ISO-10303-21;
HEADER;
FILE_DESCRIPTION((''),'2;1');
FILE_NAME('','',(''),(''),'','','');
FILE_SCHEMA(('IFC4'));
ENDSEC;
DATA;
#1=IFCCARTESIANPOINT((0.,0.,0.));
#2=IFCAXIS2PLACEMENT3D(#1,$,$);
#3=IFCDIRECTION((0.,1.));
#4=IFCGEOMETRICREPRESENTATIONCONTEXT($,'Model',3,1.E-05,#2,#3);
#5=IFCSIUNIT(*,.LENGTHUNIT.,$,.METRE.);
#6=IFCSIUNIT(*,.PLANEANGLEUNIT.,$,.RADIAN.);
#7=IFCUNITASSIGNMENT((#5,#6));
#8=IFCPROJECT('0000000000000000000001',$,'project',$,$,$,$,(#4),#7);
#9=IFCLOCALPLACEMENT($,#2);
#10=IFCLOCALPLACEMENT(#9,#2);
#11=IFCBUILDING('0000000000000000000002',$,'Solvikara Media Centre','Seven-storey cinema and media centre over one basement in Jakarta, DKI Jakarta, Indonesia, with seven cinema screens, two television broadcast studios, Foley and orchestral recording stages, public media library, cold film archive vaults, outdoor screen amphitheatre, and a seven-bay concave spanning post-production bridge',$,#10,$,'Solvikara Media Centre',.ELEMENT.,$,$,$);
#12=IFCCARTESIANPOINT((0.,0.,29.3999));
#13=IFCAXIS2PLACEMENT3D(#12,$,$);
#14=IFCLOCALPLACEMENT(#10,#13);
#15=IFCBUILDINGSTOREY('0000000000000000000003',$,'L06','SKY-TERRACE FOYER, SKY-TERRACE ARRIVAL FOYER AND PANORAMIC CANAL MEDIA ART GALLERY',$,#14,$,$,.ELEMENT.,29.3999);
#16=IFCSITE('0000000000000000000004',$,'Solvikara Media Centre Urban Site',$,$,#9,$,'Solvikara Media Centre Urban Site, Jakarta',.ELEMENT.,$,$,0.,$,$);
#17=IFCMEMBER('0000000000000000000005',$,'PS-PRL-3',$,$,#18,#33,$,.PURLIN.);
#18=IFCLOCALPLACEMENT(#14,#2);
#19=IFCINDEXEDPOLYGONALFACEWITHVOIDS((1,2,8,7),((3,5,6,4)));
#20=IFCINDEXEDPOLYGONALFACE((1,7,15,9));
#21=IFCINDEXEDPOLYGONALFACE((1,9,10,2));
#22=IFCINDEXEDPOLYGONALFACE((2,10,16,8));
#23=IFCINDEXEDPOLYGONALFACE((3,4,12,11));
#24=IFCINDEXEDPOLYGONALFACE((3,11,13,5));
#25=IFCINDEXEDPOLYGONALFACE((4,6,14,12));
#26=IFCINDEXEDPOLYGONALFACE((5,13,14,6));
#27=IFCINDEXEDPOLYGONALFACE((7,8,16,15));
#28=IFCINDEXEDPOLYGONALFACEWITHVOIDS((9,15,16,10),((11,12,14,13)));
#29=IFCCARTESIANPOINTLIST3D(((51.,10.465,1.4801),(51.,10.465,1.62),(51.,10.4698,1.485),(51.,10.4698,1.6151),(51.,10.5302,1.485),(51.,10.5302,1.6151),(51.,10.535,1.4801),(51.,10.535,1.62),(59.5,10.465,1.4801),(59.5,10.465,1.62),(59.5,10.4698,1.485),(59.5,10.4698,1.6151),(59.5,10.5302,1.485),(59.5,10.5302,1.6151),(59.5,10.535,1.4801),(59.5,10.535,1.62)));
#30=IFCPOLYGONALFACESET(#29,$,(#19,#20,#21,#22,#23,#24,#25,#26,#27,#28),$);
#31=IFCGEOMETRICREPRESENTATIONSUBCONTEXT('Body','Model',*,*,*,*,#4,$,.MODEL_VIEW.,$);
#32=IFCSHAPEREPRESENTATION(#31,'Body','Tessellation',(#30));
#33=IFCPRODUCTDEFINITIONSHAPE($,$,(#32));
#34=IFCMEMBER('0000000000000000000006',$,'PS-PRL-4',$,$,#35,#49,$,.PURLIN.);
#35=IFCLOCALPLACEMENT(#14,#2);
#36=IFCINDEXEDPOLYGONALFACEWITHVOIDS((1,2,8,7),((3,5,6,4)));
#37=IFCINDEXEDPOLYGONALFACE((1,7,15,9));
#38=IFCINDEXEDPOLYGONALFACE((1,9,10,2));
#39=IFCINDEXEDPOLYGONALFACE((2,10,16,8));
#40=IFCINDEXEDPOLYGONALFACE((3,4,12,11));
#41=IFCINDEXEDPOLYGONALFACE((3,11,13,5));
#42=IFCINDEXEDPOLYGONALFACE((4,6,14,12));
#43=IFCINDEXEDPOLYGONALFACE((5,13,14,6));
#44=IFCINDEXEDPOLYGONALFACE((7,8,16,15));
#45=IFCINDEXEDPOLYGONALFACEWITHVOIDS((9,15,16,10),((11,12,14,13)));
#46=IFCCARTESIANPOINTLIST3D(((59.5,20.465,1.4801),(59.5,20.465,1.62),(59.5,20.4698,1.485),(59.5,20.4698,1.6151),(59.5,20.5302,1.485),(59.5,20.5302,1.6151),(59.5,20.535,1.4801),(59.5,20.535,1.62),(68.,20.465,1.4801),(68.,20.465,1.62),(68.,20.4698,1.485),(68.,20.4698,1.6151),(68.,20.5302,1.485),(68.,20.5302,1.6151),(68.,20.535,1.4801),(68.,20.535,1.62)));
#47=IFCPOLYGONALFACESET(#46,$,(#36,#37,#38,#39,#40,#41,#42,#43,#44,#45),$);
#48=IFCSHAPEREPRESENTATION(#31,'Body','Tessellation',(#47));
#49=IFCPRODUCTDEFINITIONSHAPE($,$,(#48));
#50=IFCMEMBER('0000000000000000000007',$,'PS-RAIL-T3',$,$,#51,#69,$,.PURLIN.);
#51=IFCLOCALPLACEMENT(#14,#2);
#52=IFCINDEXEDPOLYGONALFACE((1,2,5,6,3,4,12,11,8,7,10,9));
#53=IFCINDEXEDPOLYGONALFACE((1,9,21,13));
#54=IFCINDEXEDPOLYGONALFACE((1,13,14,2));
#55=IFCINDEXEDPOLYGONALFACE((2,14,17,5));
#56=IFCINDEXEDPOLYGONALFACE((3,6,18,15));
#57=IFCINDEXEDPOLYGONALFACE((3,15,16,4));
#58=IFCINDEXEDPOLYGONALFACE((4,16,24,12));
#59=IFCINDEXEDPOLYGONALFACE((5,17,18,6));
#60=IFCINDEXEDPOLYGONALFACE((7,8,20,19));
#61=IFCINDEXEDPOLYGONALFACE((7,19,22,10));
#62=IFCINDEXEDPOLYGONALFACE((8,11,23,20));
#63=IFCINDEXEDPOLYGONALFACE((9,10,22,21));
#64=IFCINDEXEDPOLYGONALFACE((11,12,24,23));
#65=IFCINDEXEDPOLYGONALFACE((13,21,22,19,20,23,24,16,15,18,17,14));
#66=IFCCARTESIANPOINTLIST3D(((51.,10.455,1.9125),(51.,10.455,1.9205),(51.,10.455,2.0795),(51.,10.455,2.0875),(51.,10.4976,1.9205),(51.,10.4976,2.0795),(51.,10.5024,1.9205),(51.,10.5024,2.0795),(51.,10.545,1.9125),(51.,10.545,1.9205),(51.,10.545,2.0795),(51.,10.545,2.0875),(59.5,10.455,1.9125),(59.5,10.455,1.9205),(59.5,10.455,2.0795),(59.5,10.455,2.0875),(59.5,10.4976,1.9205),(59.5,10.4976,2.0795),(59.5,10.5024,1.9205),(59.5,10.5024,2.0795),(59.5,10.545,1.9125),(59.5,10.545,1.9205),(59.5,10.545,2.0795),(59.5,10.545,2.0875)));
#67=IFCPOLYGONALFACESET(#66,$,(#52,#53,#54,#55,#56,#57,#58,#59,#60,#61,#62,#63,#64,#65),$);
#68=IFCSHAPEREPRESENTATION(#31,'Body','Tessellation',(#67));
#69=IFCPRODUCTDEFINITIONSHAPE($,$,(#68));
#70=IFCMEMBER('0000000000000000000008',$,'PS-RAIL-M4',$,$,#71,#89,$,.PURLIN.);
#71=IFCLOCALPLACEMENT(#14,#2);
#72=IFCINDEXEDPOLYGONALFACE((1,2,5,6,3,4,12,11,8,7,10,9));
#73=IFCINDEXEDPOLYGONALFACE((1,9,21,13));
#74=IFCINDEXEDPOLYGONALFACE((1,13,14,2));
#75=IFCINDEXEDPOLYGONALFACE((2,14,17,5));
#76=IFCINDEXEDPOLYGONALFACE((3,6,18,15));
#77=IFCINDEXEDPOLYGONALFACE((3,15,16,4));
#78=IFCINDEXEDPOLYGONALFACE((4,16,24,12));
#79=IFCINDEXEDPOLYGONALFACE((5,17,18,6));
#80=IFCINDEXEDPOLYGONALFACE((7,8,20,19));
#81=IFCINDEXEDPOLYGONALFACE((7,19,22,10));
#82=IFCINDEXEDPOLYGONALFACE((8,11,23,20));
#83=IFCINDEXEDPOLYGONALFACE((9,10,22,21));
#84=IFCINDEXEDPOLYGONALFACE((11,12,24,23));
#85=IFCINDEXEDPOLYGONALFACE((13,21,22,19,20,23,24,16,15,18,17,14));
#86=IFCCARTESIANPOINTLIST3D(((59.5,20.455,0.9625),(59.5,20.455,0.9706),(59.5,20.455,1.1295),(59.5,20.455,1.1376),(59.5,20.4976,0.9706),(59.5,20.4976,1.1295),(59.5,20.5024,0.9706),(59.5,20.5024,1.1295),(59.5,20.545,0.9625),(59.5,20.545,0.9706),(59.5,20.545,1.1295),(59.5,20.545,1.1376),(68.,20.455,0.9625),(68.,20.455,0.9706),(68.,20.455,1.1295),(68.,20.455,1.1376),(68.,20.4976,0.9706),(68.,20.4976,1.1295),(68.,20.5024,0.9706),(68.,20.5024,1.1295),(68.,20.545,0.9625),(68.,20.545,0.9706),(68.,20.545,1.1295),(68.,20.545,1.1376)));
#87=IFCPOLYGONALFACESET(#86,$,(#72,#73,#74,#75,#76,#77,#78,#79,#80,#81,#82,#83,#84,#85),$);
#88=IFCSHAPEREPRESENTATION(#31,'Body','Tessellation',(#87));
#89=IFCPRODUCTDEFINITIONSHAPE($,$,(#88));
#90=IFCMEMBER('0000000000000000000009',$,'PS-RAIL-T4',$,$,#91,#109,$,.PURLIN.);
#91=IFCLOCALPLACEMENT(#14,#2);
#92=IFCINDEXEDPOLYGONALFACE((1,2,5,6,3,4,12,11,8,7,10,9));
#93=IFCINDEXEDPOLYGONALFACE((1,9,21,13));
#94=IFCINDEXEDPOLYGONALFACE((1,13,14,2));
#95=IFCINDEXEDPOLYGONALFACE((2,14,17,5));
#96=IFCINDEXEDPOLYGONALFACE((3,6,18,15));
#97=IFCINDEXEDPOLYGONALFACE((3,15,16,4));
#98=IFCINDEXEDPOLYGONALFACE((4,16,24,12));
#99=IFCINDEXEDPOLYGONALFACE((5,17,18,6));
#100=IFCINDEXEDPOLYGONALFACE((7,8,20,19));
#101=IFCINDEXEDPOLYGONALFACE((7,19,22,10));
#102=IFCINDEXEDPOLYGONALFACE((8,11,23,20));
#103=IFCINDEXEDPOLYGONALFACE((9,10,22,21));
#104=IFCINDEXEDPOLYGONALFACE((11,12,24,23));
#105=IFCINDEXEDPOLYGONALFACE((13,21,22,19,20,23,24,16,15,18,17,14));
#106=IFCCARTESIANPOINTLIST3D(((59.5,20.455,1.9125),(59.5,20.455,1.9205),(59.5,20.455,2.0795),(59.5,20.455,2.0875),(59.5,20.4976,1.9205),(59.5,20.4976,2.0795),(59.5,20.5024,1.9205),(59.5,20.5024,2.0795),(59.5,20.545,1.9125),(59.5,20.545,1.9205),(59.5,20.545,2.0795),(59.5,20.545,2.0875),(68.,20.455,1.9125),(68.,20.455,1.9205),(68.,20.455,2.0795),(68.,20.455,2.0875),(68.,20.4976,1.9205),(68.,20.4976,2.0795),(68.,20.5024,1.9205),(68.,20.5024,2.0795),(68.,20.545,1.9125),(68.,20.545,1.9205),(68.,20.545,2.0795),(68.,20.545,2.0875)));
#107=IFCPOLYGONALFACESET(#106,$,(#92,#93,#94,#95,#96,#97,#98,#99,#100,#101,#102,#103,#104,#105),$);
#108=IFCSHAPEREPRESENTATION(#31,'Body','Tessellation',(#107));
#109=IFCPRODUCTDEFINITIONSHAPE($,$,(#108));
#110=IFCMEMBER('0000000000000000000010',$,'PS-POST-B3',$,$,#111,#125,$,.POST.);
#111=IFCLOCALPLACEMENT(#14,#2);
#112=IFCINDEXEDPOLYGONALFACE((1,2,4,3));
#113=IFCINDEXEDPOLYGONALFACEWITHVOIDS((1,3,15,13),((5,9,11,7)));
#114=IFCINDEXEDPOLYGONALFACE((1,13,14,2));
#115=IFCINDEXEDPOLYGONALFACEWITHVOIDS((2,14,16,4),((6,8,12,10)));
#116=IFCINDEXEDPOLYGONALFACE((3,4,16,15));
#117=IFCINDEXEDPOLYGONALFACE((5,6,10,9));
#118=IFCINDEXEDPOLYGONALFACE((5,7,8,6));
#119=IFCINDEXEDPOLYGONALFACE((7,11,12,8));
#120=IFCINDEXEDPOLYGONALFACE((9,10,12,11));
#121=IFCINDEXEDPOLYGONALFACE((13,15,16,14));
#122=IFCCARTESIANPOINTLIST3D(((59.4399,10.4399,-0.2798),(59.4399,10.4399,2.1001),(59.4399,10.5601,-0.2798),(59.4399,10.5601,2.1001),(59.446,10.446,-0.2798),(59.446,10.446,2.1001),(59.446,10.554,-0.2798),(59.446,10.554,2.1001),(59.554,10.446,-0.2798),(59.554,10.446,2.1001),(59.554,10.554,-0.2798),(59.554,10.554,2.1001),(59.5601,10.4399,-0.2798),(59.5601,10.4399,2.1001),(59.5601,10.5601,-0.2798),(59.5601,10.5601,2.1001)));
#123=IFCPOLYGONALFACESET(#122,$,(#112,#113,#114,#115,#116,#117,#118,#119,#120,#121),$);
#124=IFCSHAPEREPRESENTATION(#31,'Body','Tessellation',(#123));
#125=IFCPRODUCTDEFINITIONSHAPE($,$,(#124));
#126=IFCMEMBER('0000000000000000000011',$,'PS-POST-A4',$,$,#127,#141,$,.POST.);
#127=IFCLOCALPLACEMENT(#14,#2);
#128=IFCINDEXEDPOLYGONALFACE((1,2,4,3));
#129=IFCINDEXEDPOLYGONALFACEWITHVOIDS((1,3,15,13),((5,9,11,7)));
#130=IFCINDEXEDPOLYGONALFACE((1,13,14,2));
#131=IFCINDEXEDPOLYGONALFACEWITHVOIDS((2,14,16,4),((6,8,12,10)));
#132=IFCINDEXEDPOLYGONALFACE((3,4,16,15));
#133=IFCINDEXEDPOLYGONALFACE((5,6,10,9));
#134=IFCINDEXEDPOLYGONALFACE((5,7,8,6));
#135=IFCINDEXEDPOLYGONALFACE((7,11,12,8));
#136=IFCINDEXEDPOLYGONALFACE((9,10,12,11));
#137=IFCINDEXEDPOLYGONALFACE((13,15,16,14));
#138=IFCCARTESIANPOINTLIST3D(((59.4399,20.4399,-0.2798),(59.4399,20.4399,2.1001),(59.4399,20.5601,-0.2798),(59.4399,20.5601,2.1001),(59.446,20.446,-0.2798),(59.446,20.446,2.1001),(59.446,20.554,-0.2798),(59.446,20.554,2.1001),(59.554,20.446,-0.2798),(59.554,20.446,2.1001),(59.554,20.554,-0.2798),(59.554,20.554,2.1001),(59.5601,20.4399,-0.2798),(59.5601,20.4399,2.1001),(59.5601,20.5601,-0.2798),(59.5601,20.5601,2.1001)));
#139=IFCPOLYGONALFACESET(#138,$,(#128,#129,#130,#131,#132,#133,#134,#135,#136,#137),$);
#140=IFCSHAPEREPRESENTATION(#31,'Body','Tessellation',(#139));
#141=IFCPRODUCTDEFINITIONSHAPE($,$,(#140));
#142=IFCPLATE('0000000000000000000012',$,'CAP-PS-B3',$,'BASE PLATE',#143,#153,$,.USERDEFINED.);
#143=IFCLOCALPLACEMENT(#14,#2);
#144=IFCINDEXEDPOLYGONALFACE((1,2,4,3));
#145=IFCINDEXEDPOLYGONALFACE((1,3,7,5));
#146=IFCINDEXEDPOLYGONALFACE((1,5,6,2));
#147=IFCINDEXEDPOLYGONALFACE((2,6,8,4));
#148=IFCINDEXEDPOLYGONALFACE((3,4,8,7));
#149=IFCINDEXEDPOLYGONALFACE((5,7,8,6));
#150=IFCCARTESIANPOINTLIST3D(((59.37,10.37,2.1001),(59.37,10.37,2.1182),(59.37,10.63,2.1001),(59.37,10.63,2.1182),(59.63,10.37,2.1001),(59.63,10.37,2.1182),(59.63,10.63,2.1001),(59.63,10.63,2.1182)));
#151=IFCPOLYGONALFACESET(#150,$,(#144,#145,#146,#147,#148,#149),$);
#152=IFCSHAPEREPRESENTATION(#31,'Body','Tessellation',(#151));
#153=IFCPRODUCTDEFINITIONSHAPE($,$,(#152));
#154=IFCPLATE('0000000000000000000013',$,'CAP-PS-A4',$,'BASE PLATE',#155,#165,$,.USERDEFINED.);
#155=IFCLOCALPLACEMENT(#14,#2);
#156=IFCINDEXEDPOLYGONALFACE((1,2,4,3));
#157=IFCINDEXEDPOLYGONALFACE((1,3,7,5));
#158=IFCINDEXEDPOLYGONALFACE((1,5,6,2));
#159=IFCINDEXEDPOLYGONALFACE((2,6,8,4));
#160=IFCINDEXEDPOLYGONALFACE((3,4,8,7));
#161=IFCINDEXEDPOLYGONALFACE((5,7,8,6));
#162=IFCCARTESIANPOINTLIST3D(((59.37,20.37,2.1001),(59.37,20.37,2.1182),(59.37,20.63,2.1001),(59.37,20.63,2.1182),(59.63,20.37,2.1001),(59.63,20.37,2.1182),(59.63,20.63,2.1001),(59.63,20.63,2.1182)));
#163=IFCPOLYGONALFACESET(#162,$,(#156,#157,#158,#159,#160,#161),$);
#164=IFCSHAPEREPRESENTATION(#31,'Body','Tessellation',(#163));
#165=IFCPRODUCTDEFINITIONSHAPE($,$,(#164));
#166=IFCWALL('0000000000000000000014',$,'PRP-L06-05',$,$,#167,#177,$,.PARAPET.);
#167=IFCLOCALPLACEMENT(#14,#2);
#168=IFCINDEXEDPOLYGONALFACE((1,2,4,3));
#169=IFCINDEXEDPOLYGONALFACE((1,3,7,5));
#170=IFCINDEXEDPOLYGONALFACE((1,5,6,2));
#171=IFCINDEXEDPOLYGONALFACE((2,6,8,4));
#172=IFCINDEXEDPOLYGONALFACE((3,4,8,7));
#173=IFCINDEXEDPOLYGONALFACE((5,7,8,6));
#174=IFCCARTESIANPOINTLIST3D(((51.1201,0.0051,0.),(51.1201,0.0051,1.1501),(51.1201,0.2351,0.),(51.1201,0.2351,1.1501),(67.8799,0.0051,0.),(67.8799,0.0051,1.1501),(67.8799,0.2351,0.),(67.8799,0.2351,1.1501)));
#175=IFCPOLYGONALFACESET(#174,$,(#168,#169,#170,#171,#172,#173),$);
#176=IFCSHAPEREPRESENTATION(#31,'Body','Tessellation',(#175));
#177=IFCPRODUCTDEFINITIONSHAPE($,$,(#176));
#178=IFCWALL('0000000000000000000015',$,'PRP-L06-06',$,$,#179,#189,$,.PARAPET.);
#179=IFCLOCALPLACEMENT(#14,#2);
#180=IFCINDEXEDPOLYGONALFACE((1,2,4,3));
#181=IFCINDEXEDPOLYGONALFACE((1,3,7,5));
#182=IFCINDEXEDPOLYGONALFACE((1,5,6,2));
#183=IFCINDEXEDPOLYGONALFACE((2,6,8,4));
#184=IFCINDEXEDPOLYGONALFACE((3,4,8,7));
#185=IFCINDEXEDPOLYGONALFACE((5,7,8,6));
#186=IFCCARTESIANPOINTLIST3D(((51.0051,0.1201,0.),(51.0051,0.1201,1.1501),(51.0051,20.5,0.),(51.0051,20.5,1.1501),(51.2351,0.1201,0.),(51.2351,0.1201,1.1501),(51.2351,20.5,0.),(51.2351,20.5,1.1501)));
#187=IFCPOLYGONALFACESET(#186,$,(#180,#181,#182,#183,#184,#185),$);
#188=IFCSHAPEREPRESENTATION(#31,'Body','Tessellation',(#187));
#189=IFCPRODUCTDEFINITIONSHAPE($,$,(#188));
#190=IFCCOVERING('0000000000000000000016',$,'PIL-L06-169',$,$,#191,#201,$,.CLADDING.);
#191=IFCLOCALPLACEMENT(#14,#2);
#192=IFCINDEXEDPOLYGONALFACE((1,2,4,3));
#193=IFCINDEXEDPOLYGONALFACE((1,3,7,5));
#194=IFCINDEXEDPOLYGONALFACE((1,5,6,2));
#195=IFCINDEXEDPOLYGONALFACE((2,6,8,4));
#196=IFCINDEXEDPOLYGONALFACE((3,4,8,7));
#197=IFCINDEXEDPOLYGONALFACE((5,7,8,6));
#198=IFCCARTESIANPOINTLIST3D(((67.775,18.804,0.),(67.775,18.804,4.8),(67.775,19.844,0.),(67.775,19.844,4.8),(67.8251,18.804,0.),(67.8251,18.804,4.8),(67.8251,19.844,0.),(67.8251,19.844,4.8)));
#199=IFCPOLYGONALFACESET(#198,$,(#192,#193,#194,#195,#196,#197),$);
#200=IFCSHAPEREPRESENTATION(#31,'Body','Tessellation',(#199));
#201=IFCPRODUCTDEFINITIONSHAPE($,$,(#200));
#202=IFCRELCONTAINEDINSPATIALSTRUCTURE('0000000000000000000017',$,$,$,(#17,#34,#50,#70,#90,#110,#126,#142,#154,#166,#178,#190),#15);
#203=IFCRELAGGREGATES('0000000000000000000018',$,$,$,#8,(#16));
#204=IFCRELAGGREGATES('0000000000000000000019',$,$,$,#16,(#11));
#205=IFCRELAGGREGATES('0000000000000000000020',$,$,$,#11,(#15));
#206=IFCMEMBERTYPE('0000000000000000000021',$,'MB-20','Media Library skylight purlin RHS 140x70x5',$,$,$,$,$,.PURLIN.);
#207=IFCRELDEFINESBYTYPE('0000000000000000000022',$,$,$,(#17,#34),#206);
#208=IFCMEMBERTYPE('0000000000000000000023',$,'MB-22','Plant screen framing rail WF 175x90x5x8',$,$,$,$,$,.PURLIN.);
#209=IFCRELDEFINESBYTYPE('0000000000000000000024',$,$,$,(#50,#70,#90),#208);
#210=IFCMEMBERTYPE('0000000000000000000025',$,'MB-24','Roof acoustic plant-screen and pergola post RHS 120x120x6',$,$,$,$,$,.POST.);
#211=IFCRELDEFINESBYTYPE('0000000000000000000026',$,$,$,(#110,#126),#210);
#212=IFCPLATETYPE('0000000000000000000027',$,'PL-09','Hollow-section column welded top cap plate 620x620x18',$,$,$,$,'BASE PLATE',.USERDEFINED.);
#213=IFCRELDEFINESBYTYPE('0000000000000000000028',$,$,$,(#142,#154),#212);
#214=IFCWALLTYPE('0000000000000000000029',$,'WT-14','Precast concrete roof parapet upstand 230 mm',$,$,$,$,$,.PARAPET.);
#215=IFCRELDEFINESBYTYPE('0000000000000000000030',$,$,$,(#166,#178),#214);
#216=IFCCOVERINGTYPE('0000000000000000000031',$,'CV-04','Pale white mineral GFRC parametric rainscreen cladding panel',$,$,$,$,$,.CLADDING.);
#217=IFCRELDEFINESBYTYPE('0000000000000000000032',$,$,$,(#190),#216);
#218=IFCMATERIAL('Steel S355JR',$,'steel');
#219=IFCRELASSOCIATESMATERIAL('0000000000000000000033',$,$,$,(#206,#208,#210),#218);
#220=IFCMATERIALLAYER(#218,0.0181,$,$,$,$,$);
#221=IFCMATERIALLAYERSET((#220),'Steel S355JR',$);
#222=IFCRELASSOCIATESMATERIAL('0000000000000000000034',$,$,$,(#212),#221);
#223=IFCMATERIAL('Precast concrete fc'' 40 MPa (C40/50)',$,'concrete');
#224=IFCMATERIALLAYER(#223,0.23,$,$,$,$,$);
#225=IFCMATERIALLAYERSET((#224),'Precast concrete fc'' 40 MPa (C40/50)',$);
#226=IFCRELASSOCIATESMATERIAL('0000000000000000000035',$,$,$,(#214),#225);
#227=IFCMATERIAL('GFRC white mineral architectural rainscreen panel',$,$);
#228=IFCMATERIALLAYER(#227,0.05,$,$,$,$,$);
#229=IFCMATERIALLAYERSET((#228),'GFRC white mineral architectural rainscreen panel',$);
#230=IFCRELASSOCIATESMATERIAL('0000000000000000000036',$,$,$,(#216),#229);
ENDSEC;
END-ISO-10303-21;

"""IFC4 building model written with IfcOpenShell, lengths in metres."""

from ifc_helpers import new_model, si_unit, direction, frame, frame_2d, origin, origin_2d, place, context, subcontext, project, spatial, rectangle, hollow_rectangle, i_section, extrude, material, layer, layer_set, material_profile, profile_set, type_object, element, save


model = new_model("IFC4")

# Units and contexts
model_context = context("Model", 3, precision=1e-05, world=origin(), true_north=direction((0.0, 1.0)))
body_context = subcontext(model_context, "Body", "Model", "MODEL_VIEW")
ifc_project = project(units=[si_unit("LENGTHUNIT", "METRE"), si_unit("PLANEANGLEUNIT", "RADIAN")], contexts=[model_context])

# Site, building, storey
site_placement = place(None, origin())
site = spatial("IfcSite", under=ifc_project, at=site_placement, Name="Solvikara Media Centre Urban Site", LongName="Solvikara Media Centre Urban Site, Jakarta", CompositionType="ELEMENT", RefElevation=0.0)
building_placement = place(site_placement, origin())
building = spatial("IfcBuilding", under=site, at=building_placement, Name="Solvikara Media Centre", Description="Seven-storey cinema and media centre over one basement in Jakarta, DKI Jakarta, Indonesia, with seven cinema screens, two television broadcast studios, Foley and orchestral recording stages, public media library, cold film archive vaults, outdoor screen amphitheatre, and a seven-bay concave spanning post-production bridge", LongName="Solvikara Media Centre", CompositionType="ELEMENT")
storey_placement = place(building_placement, frame((0.0, 0.0, 29.3999)))
storey = spatial("IfcBuildingStorey", under=building, at=storey_placement, Name="L06", Description="SKY-TERRACE FOYER, SKY-TERRACE ARRIVAL FOYER AND PANORAMIC CANAL MEDIA ART GALLERY", CompositionType="ELEMENT", Elevation=29.3999)

# Shared definitions
ifc_material_1 = material(Name="Steel S355JR", Category="steel")

# Members
ifc_material_profile_1 = material_profile(ifc_material_1, hollow_rectangle(XDim=0.0701, YDim=0.1399, WallThickness=0.0049, at=origin_2d()), Name="RHS 140x70x5")
ifc_profile_set_1 = profile_set([ifc_material_profile_1], Name="Steel S355JR")
member_type_1 = type_object("IfcMemberType", Name="MB-20", Description="Media Library skylight purlin RHS 140x70x5", PredefinedType="PURLIN", material=ifc_profile_set_1)
for number, where, z_axis, x_axis, name in (
    (1, (51.0, 10.5, 1.55), (1.0, 0.0, 0.0), (0.0, 1.0, 0.0), "PS-PRL-3"),
    (2, (59.5, 20.5, 1.55), (1.0, 0.0, 0.0), (0.0, 1.0, 0.0), "PS-PRL-4"),
):
    element("IfcMember", number, at=place(storey_placement, frame(where, z_axis=z_axis, x_axis=x_axis)), inside=storey, type_object=member_type_1, Name=name, PredefinedType="PURLIN", context=body_context, shape_type="SweptSolid", body=[
        extrude(hollow_rectangle(XDim=0.0701, YDim=0.1399, WallThickness=0.0049, at=origin_2d()), origin(), (0.0, 0.0, 1.0), 8.5),
    ])
ifc_material_profile_2 = material_profile(ifc_material_1, i_section(OverallWidth=0.0901, OverallDepth=0.175, WebThickness=0.0049, FlangeThickness=0.0081, at=origin_2d()), Name="WF 175x90x5x8")
ifc_profile_set_2 = profile_set([ifc_material_profile_2], Name="Steel S355JR")
member_type_2 = type_object("IfcMemberType", Name="MB-22", Description="Plant screen framing rail WF 175x90x5x8", PredefinedType="PURLIN", material=ifc_profile_set_2)
for number, where, z_axis, x_axis, name in (
    (3, (51.0, 10.5, 2.0), (1.0, 0.0, 0.0), (0.0, 1.0, 0.0), "PS-RAIL-T3"),
    (4, (59.5, 20.5, 1.05), (1.0, 0.0, 0.0), (0.0, 1.0, 0.0), "PS-RAIL-M4"),
    (5, (59.5, 20.5, 2.0), (1.0, 0.0, 0.0), (0.0, 1.0, 0.0), "PS-RAIL-T4"),
):
    element("IfcMember", number, at=place(storey_placement, frame(where, z_axis=z_axis, x_axis=x_axis)), inside=storey, type_object=member_type_2, Name=name, PredefinedType="PURLIN", context=body_context, shape_type="SweptSolid", body=[
        extrude(i_section(OverallWidth=0.0901, OverallDepth=0.175, WebThickness=0.0049, FlangeThickness=0.0081, at=origin_2d()), origin(), (0.0, 0.0, 1.0), 8.5),
    ])
ifc_material_profile_3 = material_profile(ifc_material_1, hollow_rectangle(XDim=0.1201, YDim=0.1201, WallThickness=0.0061, at=origin_2d()), Name="RHS 120x120x6")
ifc_profile_set_3 = profile_set([ifc_material_profile_3], Name="Steel S355JR")
member_type_3 = type_object("IfcMemberType", Name="MB-24", Description="Roof acoustic plant-screen and pergola post RHS 120x120x6", PredefinedType="POST", material=ifc_profile_set_3)
for number, where, z_axis, x_axis, name in (
    (6, (59.5, 10.5, -0.2798), (0.0, 0.0, 1.0), (1.0, 0.0, 0.0), "PS-POST-B3"),
    (7, (59.5, 20.5, -0.2798), (0.0, 0.0, 1.0), (1.0, 0.0, 0.0), "PS-POST-A4"),
):
    element("IfcMember", number, at=place(storey_placement, frame(where, z_axis=z_axis, x_axis=x_axis)), inside=storey, type_object=member_type_3, Name=name, PredefinedType="POST", context=body_context, shape_type="SweptSolid", body=[
        extrude(hollow_rectangle(XDim=0.1201, YDim=0.1201, WallThickness=0.0061, at=origin_2d()), origin(), (0.0, 0.0, 1.0), 2.3799),
    ])

# Plates
ifc_layer_1 = layer(ifc_material_1, 0.0181)
ifc_layer_set_1 = layer_set([ifc_layer_1], Name="Steel S355JR")
plate_type = type_object("IfcPlateType", Name="PL-09", Description="Hollow-section column welded top cap plate 620x620x18", ElementType="BASE PLATE", PredefinedType="USERDEFINED", material=ifc_layer_set_1)
for number, where, z_axis, x_axis, name in (
    (8, (59.5, 10.5, 2.1001), (0.0, 0.0, 1.0), (1.0, 0.0, 0.0), "CAP-PS-B3"),
    (9, (59.5, 20.5, 2.1001), (0.0, 0.0, 1.0), (1.0, 0.0, 0.0), "CAP-PS-A4"),
):
    element("IfcPlate", number, at=place(storey_placement, frame(where, z_axis=z_axis, x_axis=x_axis)), inside=storey, type_object=plate_type, Name=name, ObjectType="BASE PLATE", PredefinedType="USERDEFINED", context=body_context, shape_type="SweptSolid", body=[
        extrude(rectangle(XDim=0.26, YDim=0.26, at=origin_2d()), origin(), (0.0, 0.0, 1.0), 0.0181),
    ])

# Walls
ifc_material_2 = material(Name="Precast concrete fc' 40 MPa (C40/50)", Category="concrete")
ifc_layer_2 = layer(ifc_material_2, 0.23)
ifc_layer_set_2 = layer_set([ifc_layer_2], Name="Precast concrete fc' 40 MPa (C40/50)")
wall_type = type_object("IfcWallType", Name="WT-14", Description="Precast concrete roof parapet upstand 230 mm", PredefinedType="PARAPET", material=ifc_layer_set_2)
wall_1_placement = place(storey_placement, frame((51.1201, 0.1201, 0.0), z_axis=(0.0, 0.0, 1.0), x_axis=(1.0, 0.0, 0.0)))
element("IfcWall", 10, at=wall_1_placement, inside=storey, type_object=wall_type, Name="PRP-L06-05", PredefinedType="PARAPET", context=body_context, shape_type="SweptSolid", body=[
    extrude(rectangle(XDim=16.7598, YDim=0.23, at=frame_2d((8.3799, 0.0))), origin(), (0.0, 0.0, 1.0), 1.1501),
])
wall_2_placement = place(storey_placement, frame((51.1201, 0.1201, 0.0), z_axis=(0.0, 0.0, 1.0), x_axis=(0.0, 1.0, 0.0)))
element("IfcWall", 11, at=wall_2_placement, inside=storey, type_object=wall_type, Name="PRP-L06-06", PredefinedType="PARAPET", context=body_context, shape_type="SweptSolid", body=[
    extrude(rectangle(XDim=20.3799, YDim=0.23, at=frame_2d((10.1899, 0.0))), origin(), (0.0, 0.0, 1.0), 1.1501),
])

# Covering
ifc_material_3 = material(Name="GFRC white mineral architectural rainscreen panel")
ifc_layer_3 = layer(ifc_material_3, 0.05)
ifc_layer_set_3 = layer_set([ifc_layer_3], Name="GFRC white mineral architectural rainscreen panel")
covering_type = type_object("IfcCoveringType", Name="CV-04", Description="Pale white mineral GFRC parametric rainscreen cladding panel", PredefinedType="CLADDING", material=ifc_layer_set_3)
covering_1_placement = place(storey_placement, frame((67.8, 19.324, 0.0), z_axis=(0.0, 0.0, 1.0), x_axis=(0.0, -1.0, 0.0)))
element("IfcCovering", 12, at=covering_1_placement, inside=storey, type_object=covering_type, Name="PIL-L06-169", PredefinedType="CLADDING", context=body_context, shape_type="SweptSolid", body=[
    extrude(rectangle(XDim=1.04, YDim=0.05, at=origin_2d()), origin(), (0.0, 0.0, 1.0), 4.8),
])

save(model, "model.ifc")
